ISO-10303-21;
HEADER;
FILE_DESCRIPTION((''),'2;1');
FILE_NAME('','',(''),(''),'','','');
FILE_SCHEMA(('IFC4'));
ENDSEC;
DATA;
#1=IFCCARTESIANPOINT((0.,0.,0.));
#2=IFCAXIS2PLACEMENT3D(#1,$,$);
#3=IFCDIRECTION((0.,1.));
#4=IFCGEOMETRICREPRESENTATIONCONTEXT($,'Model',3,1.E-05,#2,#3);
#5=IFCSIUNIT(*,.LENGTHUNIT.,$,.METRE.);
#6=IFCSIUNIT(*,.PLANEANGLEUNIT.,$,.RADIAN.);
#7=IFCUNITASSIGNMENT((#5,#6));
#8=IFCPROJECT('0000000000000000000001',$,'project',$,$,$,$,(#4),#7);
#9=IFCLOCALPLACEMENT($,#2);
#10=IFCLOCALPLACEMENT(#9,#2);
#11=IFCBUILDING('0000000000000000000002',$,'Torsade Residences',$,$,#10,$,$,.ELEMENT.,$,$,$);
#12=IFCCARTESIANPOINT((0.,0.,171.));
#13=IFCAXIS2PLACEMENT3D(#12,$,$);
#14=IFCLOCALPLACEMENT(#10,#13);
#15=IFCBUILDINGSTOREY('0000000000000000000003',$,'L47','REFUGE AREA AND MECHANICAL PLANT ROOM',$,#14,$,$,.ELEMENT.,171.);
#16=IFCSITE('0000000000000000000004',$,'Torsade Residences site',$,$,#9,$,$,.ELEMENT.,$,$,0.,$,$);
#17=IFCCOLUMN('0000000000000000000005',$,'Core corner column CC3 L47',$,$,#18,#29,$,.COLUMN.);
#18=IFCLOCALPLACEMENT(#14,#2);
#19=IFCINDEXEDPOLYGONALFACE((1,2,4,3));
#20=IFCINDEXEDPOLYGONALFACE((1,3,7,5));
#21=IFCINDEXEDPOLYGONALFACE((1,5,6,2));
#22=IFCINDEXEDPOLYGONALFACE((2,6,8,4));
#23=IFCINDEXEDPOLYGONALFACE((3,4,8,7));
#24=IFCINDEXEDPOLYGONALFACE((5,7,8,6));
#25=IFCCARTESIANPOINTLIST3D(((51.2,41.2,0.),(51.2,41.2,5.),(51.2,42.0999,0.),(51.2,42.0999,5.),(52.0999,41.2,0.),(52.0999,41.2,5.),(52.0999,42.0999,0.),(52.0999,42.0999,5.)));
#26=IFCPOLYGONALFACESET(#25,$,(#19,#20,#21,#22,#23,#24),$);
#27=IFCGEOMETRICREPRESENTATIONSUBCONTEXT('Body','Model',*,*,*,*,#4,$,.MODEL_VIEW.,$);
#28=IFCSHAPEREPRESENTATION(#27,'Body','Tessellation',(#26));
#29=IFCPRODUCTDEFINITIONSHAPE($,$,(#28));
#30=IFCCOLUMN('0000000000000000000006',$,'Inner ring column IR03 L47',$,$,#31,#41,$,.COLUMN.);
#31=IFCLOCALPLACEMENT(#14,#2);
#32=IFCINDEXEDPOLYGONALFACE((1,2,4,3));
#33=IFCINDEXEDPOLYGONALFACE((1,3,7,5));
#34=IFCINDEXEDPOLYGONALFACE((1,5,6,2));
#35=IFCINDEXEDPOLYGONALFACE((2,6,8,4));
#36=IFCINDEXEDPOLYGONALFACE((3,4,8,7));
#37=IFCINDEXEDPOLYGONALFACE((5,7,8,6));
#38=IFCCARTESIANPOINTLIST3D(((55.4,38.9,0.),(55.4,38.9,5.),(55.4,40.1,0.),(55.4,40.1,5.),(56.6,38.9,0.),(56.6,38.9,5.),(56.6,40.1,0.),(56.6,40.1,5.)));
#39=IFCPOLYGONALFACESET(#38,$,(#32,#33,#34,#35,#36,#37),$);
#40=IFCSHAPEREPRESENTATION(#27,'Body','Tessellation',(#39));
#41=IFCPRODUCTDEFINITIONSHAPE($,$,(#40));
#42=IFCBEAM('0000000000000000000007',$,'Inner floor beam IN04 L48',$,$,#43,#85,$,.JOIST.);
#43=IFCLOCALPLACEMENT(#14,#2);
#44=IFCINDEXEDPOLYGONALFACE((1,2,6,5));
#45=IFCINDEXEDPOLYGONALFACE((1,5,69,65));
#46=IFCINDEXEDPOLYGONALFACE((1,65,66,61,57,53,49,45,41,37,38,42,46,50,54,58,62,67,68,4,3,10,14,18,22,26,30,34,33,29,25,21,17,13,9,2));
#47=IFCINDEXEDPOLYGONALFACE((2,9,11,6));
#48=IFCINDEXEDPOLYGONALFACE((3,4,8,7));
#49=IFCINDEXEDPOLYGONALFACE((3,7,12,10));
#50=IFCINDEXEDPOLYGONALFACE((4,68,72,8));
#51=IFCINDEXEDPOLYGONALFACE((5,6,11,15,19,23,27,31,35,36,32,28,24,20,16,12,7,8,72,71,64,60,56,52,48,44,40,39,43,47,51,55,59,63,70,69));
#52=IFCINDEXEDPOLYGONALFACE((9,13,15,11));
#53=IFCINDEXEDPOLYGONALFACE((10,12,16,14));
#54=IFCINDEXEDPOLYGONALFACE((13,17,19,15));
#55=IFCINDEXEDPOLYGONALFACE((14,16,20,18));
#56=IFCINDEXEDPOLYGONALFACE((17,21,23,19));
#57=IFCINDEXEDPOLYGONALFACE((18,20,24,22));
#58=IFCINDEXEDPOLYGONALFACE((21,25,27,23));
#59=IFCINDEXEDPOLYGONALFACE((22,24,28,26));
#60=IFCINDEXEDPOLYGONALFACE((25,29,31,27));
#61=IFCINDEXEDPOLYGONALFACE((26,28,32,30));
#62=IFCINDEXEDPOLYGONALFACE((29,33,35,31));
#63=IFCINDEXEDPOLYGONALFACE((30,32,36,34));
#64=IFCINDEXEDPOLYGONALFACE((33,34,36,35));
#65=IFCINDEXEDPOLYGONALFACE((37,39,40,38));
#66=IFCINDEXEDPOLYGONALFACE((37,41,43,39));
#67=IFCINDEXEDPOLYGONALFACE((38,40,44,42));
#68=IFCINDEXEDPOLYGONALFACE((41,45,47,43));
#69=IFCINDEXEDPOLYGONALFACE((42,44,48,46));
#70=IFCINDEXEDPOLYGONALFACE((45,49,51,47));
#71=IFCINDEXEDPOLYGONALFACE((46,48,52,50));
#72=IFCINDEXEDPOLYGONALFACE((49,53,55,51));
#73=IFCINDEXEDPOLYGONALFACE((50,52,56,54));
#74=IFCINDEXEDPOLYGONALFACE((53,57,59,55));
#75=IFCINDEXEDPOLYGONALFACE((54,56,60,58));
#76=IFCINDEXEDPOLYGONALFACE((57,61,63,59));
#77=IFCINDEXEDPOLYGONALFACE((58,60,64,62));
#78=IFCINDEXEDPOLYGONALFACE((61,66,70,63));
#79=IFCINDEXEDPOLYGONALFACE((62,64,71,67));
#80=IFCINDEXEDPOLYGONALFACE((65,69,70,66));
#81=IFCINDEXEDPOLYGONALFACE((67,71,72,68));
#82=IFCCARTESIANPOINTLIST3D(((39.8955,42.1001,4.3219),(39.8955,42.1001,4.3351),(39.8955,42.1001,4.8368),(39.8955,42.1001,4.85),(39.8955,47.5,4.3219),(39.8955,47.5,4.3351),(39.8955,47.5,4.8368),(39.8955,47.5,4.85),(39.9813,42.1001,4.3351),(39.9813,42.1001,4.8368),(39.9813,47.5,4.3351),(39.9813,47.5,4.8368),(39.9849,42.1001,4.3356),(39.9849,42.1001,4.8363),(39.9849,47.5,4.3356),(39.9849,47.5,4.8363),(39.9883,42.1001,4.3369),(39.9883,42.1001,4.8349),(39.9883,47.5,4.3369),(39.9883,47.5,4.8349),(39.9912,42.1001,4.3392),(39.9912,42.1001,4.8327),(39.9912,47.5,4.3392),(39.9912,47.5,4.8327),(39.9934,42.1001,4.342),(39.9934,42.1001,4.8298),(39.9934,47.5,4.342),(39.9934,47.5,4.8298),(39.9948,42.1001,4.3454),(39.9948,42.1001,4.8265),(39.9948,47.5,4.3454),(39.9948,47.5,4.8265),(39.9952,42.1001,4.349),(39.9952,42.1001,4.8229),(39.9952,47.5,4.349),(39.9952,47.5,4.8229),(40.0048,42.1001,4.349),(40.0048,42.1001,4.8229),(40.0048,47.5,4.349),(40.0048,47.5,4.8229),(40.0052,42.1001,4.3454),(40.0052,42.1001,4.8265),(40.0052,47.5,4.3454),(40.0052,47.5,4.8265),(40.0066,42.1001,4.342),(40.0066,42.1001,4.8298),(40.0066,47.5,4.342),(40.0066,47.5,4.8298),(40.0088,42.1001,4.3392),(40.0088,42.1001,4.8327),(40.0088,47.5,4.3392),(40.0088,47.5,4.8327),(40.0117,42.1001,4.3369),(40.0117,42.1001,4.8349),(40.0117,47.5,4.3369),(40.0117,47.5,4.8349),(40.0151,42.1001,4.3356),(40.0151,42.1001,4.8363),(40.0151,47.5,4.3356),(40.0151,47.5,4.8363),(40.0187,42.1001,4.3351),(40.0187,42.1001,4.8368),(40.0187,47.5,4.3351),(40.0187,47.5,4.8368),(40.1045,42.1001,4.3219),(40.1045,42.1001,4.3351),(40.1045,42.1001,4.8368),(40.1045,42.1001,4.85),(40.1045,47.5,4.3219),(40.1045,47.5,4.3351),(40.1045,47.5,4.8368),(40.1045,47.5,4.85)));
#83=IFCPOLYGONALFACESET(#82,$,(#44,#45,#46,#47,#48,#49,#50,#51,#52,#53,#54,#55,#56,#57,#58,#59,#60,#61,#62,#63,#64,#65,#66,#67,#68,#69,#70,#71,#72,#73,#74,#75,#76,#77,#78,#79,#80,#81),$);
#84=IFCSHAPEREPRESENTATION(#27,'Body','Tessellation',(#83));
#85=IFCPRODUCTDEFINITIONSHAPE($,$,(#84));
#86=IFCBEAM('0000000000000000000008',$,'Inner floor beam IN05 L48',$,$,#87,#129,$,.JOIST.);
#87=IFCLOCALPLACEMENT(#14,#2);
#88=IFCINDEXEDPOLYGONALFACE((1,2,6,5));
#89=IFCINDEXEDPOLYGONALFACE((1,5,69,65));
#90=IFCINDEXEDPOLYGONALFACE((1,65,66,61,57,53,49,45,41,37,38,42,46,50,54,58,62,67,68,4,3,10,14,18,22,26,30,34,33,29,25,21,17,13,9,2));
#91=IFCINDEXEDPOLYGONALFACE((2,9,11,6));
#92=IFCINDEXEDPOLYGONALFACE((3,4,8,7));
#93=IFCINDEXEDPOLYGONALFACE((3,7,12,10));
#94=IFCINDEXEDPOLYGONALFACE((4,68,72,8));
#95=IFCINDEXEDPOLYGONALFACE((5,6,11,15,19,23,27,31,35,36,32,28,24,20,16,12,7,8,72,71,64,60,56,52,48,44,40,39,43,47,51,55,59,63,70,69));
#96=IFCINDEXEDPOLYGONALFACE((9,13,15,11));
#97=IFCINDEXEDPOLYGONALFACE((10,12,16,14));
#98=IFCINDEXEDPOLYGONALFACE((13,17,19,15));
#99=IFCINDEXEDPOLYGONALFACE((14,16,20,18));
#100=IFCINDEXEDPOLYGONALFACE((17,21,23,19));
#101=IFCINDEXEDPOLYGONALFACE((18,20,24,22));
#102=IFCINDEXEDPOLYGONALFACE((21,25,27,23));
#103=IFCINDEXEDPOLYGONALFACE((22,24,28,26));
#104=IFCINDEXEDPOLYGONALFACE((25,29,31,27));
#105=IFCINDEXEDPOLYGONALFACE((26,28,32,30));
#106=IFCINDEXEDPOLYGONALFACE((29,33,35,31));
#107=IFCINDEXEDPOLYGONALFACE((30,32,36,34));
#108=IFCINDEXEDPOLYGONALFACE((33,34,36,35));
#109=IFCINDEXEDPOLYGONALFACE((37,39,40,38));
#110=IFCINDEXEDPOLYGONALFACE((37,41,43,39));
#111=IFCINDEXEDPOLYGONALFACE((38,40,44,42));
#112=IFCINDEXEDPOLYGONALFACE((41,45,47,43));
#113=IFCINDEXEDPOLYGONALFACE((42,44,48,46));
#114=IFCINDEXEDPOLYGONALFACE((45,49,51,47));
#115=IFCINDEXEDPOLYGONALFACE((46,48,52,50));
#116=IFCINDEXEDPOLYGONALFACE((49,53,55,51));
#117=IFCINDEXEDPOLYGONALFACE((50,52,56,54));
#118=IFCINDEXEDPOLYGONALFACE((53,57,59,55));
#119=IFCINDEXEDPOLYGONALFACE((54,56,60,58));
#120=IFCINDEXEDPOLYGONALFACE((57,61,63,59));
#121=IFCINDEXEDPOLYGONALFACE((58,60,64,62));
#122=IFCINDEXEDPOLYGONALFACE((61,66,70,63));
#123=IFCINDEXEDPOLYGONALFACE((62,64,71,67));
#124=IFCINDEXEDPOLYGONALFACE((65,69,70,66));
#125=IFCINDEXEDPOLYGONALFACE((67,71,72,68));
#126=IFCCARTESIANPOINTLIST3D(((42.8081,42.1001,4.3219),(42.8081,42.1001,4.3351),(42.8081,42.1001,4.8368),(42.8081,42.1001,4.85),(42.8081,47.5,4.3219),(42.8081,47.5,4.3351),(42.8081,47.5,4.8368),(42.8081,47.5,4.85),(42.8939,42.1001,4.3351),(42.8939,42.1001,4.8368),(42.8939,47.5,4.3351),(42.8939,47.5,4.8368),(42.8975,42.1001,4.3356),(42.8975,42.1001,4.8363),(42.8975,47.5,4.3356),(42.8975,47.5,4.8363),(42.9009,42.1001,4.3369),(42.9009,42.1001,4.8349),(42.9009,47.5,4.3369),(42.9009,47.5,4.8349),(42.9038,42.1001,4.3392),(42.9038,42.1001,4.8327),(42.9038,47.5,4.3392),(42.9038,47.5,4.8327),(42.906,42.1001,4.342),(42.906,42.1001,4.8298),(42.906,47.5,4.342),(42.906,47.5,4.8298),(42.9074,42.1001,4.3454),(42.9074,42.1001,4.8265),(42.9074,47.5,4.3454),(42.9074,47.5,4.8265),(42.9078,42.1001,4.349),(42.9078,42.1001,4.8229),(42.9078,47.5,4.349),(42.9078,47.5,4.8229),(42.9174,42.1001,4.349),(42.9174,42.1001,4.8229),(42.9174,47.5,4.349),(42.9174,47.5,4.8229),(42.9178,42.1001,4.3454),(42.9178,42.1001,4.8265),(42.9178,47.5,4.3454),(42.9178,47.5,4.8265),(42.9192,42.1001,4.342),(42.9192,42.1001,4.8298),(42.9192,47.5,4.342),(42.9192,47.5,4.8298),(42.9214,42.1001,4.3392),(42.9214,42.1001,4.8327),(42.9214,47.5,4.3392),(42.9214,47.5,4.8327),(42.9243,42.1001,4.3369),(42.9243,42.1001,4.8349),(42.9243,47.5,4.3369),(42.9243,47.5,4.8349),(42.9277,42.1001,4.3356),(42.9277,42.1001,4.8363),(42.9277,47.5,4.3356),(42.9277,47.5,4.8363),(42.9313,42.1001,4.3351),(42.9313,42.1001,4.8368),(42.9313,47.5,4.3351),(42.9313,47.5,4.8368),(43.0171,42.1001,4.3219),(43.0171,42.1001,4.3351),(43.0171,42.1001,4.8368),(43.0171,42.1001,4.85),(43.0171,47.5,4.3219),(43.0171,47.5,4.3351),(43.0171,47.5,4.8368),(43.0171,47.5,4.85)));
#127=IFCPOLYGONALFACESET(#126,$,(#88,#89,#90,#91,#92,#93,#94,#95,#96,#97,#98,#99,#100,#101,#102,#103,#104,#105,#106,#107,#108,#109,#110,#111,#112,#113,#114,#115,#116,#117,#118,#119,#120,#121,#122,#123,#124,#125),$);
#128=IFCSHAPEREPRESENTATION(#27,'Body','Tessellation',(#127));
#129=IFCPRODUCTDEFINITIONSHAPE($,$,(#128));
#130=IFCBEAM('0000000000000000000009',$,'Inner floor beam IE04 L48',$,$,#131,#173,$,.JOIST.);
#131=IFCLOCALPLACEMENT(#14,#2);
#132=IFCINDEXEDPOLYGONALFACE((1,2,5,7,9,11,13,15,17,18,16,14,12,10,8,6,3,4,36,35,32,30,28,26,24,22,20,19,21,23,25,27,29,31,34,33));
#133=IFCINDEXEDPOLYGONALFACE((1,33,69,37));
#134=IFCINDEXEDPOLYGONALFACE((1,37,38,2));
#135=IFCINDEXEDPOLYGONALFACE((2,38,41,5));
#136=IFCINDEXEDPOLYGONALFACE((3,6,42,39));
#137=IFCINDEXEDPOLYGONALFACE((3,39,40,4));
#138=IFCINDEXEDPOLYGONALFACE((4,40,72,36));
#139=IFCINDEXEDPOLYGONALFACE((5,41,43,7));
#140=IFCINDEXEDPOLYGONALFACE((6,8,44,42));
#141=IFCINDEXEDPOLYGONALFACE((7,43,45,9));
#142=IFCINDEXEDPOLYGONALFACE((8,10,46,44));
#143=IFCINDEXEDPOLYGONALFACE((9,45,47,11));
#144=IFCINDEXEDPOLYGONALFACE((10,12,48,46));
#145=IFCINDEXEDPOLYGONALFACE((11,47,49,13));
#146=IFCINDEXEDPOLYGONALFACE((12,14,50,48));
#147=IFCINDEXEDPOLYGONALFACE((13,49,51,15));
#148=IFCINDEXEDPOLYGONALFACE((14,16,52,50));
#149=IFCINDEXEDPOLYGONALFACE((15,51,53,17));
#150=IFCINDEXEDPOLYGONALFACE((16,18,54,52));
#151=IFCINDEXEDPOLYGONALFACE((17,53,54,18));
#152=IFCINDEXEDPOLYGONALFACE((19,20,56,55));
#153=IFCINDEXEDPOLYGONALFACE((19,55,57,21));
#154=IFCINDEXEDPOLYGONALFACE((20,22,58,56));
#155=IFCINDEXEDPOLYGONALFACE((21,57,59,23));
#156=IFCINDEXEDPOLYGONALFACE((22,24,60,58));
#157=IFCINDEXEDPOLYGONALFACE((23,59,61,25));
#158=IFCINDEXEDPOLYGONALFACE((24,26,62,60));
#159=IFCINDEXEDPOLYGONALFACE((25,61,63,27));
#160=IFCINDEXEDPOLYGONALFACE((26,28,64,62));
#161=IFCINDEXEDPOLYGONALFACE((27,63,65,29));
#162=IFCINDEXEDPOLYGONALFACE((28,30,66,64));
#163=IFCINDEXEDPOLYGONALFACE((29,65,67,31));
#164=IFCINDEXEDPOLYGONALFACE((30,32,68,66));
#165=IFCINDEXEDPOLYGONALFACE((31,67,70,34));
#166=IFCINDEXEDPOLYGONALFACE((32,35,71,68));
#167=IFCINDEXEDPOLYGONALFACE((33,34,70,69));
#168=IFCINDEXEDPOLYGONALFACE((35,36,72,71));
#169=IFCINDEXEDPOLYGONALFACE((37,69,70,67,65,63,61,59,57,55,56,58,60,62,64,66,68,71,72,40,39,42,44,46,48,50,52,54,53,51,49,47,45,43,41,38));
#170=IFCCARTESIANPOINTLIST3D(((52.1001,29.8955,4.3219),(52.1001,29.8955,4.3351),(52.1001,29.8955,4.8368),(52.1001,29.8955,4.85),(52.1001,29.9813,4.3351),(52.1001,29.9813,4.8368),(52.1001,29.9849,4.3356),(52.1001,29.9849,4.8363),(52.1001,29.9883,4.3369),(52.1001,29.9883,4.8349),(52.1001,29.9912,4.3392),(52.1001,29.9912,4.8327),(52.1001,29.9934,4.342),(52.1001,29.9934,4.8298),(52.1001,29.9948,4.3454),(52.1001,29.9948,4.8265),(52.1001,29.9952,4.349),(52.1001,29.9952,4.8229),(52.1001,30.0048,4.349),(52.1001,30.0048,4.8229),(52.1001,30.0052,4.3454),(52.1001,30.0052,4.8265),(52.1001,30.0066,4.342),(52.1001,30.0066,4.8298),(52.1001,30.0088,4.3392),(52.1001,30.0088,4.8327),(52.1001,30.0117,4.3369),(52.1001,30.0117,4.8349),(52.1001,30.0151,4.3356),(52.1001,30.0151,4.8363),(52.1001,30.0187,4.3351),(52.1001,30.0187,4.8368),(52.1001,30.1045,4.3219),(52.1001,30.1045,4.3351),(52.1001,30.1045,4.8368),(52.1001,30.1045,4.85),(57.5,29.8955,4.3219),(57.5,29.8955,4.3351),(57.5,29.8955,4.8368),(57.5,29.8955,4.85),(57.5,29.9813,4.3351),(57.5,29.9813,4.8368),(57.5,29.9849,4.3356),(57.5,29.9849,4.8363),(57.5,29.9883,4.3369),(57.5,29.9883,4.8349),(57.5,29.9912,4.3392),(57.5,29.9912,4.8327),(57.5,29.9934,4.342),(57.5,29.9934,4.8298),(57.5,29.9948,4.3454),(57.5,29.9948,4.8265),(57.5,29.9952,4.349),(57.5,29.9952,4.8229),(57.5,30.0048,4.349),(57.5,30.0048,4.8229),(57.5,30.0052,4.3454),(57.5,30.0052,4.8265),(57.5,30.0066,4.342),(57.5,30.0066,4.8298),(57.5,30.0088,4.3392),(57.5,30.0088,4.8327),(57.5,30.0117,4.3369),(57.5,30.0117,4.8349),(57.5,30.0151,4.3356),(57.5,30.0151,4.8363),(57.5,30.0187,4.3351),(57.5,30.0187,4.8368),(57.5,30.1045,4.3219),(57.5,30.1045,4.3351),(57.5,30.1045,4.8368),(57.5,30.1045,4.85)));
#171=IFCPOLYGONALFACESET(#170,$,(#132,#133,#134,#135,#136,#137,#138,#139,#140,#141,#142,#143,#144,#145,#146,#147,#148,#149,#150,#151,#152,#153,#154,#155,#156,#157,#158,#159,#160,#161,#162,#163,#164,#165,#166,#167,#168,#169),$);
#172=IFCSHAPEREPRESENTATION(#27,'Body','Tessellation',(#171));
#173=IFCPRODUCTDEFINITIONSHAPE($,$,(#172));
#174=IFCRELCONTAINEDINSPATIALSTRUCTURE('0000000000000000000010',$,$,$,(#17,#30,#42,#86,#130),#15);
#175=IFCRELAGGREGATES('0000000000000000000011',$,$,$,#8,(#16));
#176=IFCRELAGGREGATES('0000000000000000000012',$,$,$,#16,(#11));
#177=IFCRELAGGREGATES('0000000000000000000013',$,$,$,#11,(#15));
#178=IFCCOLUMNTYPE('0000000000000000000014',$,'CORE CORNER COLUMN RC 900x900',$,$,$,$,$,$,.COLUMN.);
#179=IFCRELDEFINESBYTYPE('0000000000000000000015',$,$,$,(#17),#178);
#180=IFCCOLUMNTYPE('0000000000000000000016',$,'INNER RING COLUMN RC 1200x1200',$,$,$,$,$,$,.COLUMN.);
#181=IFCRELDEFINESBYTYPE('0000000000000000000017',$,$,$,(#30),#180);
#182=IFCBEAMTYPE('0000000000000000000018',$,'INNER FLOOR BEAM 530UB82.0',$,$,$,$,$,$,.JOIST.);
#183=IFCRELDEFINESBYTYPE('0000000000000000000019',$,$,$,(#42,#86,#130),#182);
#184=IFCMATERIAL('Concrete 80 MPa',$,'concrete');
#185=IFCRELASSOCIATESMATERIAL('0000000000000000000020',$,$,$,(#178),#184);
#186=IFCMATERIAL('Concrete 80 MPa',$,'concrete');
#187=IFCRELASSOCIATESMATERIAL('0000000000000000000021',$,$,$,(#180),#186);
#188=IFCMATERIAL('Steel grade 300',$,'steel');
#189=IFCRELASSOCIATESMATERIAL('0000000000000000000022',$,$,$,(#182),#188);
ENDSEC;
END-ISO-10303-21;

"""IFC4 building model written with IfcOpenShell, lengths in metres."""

from ifc_helpers import new_model, si_unit, direction, frame, origin, origin_2d, place, context, subcontext, project, spatial, rectangle, i_section, extrude, material, material_profile, profile_set, type_object, element, save


model = new_model("IFC4")

# Units and contexts
model_context = context("Model", 3, precision=1e-05, world=origin(), true_north=direction((0.0, 1.0)))
body_context = subcontext(model_context, "Body", "Model", "MODEL_VIEW")
ifc_project = project(units=[si_unit("LENGTHUNIT", "METRE"), si_unit("PLANEANGLEUNIT", "RADIAN")], contexts=[model_context])

# Site, building, storey
site_placement = place(None, origin())
site = spatial("IfcSite", under=ifc_project, at=site_placement, Name="Torsade Residences site", CompositionType="ELEMENT", RefElevation=0.0)
building_placement = place(site_placement, origin())
building = spatial("IfcBuilding", under=site, at=building_placement, Name="Torsade Residences", CompositionType="ELEMENT")
storey_placement = place(building_placement, frame((0.0, 0.0, 171.0)))
storey = spatial("IfcBuildingStorey", under=building, at=storey_placement, Name="L47", Description="REFUGE AREA AND MECHANICAL PLANT ROOM", CompositionType="ELEMENT", Elevation=171.0)

# Columns
ifc_material_1 = material(Name="Concrete 80 MPa", Category="concrete")
ifc_material_profile_1 = material_profile(ifc_material_1, rectangle(XDim=0.8999, YDim=0.8999, at=origin_2d()), Name="RC 900x900")
ifc_profile_set_1 = profile_set([ifc_material_profile_1], Name="Concrete 80 MPa")
column_type_1 = type_object("IfcColumnType", Name="CORE CORNER COLUMN RC 900x900", PredefinedType="COLUMN", material=ifc_profile_set_1)
column_1_placement = place(storey_placement, frame((51.6499, 41.6499, 0.0), z_axis=(0.0, 0.0, 1.0), x_axis=(1.0, 0.0, 0.0)))
element("IfcColumn", 1, at=column_1_placement, inside=storey, type_object=column_type_1, Name="Core corner column CC3 L47", PredefinedType="COLUMN", context=body_context, shape_type="SweptSolid", body=[
    extrude(rectangle(XDim=0.8999, YDim=0.8999, at=origin_2d()), origin(), (0.0, 0.0, 1.0), 5.0),
])
ifc_material_2 = material(Name="Concrete 80 MPa", Category="concrete")
ifc_material_profile_2 = material_profile(ifc_material_2, rectangle(XDim=1.2, YDim=1.2, at=origin_2d()), Name="RC 1200x1200")
ifc_profile_set_2 = profile_set([ifc_material_profile_2], Name="Concrete 80 MPa")
column_type_2 = type_object("IfcColumnType", Name="INNER RING COLUMN RC 1200x1200", PredefinedType="COLUMN", material=ifc_profile_set_2)
column_2_placement = place(storey_placement, frame((56.0, 39.5, 0.0), z_axis=(0.0, 0.0, 1.0), x_axis=(1.0, 0.0, 0.0)))
element("IfcColumn", 2, at=column_2_placement, inside=storey, type_object=column_type_2, Name="Inner ring column IR03 L47", PredefinedType="COLUMN", context=body_context, shape_type="SweptSolid", body=[
    extrude(rectangle(XDim=1.2, YDim=1.2, at=origin_2d()), origin(), (0.0, 0.0, 1.0), 5.0),
])

# Beams
ifc_material_3 = material(Name="Steel grade 300", Category="steel")
ifc_material_profile_3 = material_profile(ifc_material_3, i_section(OverallWidth=0.209, OverallDepth=0.5281, WebThickness=0.0095, FlangeThickness=0.0132, FilletRadius=0.0139, at=origin_2d()), Name="530UB82.0")
ifc_profile_set_3 = profile_set([ifc_material_profile_3], Name="Steel grade 300")
beam_type_1 = type_object("IfcBeamType", Name="INNER FLOOR BEAM 530UB82.0", PredefinedType="JOIST", material=ifc_profile_set_3)
for number, where, z_axis, x_axis, name in (
    (3, (40.0, 42.1001, 4.5859), (0.0, 1.0, 0.0), (-1.0, 0.0, 0.0), "Inner floor beam IN04 L48"),
    (4, (42.9126, 42.1001, 4.5859), (0.0, 1.0, 0.0), (-1.0, 0.0, 0.0), "Inner floor beam IN05 L48"),
    (5, (52.1001, 30.0, 4.5859), (1.0, 0.0, 0.0), (0.0, 1.0, 0.0), "Inner floor beam IE04 L48"),
):
    element("IfcBeam", number, at=place(storey_placement, frame(where, z_axis=z_axis, x_axis=x_axis)), inside=storey, type_object=beam_type_1, Name=name, PredefinedType="JOIST", context=body_context, shape_type="SweptSolid", body=[
        extrude(i_section(OverallWidth=0.209, OverallDepth=0.5281, WebThickness=0.0095, FlangeThickness=0.0132, FilletRadius=0.0139, at=origin_2d()), origin(), (0.0, 0.0, 1.0), 5.3999),
    ])

save(model, "model.ifc")
